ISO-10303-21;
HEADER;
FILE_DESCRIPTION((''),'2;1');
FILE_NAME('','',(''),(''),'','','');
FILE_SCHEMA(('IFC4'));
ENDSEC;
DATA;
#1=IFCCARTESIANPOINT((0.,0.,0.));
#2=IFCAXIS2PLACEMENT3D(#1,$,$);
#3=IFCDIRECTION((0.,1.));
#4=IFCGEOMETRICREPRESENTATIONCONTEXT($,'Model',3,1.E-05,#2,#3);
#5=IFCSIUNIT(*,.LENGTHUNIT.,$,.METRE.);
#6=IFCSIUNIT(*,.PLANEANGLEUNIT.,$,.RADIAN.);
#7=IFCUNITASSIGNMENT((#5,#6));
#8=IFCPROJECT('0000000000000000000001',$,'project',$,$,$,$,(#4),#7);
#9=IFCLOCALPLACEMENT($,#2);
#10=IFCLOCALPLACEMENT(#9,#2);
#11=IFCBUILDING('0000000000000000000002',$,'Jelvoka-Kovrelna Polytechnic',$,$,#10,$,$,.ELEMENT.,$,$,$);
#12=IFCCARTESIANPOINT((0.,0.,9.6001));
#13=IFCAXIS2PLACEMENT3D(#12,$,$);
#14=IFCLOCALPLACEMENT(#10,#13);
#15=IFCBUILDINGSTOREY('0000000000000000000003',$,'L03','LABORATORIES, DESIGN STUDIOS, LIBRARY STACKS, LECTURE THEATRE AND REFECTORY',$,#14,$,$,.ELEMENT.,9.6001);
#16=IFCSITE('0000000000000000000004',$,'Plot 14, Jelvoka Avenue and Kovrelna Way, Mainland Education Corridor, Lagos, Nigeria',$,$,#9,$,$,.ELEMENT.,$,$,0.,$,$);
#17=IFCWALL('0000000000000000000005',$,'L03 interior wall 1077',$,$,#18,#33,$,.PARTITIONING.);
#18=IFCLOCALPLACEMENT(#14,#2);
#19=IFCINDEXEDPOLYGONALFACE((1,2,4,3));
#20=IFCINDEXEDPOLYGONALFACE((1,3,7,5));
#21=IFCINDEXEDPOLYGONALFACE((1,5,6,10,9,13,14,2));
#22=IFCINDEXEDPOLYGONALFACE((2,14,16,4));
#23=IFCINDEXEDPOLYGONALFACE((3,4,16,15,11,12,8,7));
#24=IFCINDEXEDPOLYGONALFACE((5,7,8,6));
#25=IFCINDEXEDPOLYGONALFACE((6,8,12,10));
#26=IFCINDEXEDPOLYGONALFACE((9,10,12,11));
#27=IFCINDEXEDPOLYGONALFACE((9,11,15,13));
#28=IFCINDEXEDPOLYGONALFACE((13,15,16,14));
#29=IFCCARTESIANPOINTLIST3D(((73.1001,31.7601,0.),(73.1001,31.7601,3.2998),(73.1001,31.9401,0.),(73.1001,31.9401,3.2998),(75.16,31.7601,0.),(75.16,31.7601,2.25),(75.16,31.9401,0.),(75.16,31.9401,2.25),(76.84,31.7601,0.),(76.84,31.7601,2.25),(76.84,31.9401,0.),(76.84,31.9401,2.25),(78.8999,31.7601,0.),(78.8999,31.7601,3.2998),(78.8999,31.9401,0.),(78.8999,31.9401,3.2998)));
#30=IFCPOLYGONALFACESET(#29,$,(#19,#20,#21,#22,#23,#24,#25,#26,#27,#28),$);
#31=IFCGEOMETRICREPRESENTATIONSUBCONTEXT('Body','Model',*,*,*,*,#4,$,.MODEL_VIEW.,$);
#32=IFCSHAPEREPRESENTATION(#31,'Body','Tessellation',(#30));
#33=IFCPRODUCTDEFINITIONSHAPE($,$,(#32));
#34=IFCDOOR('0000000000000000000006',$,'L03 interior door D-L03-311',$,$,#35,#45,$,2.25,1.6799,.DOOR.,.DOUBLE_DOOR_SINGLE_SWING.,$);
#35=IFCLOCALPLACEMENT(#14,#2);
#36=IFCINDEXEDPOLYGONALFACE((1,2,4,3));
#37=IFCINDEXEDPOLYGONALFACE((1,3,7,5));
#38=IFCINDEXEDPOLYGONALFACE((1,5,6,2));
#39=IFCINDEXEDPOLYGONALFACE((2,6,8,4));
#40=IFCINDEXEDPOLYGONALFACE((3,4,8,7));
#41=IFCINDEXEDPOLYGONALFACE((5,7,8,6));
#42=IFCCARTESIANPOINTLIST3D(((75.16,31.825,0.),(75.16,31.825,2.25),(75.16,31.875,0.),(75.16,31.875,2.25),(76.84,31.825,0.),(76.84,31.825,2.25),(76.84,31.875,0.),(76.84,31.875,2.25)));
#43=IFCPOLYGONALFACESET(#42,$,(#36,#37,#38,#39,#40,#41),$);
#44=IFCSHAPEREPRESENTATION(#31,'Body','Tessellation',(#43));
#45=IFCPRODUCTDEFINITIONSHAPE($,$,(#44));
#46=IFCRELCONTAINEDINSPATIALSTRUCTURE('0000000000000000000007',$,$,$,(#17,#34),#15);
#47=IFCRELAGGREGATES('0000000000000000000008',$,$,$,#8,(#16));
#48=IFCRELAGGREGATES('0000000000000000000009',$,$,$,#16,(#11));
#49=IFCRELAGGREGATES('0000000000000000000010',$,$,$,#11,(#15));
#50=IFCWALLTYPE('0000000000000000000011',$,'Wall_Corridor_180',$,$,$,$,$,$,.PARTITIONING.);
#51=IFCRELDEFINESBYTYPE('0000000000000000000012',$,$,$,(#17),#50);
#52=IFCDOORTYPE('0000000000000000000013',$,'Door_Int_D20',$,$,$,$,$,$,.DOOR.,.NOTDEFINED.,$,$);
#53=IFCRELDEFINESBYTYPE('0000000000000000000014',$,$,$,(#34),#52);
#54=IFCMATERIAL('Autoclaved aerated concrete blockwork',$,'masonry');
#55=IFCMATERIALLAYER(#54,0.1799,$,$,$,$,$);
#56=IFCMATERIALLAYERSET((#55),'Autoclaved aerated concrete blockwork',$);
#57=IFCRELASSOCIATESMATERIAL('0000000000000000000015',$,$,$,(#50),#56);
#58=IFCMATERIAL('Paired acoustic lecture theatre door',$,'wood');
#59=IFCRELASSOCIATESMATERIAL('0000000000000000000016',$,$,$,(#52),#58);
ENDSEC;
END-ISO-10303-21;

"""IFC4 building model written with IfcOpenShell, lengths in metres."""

from ifc_helpers import new_model, si_unit, direction, frame, frame_2d, origin, place, context, subcontext, project, spatial, rectangle, extrude, material, layer, layer_set, type_object, element, fill, save


model = new_model("IFC4")

# Units and contexts
model_context = context("Model", 3, precision=1e-05, world=origin(), true_north=direction((0.0, 1.0)))
body_context = subcontext(model_context, "Body", "Model", "MODEL_VIEW")
ifc_project = project(units=[si_unit("LENGTHUNIT", "METRE"), si_unit("PLANEANGLEUNIT", "RADIAN")], contexts=[model_context])

# Site, building, storey
site_placement = place(None, origin())
site = spatial("IfcSite", under=ifc_project, at=site_placement, Name="Plot 14, Jelvoka Avenue and Kovrelna Way, Mainland Education Corridor, Lagos, Nigeria", CompositionType="ELEMENT", RefElevation=0.0)
building_placement = place(site_placement, origin())
building = spatial("IfcBuilding", under=site, at=building_placement, Name="Jelvoka-Kovrelna Polytechnic", CompositionType="ELEMENT")
storey_placement = place(building_placement, frame((0.0, 0.0, 9.6001)))
storey = spatial("IfcBuildingStorey", under=building, at=storey_placement, Name="L03", Description="LABORATORIES, DESIGN STUDIOS, LIBRARY STACKS, LECTURE THEATRE AND REFECTORY", CompositionType="ELEMENT", Elevation=9.6001)

# Wall, opening, door
ifc_material_1 = material(Name="Autoclaved aerated concrete blockwork", Category="masonry")
ifc_layer_1 = layer(ifc_material_1, 0.1799)
ifc_layer_set_1 = layer_set([ifc_layer_1], Name="Autoclaved aerated concrete blockwork")
wall_type = type_object("IfcWallType", Name="Wall_Corridor_180", PredefinedType="PARTITIONING", material=ifc_layer_set_1)
wall_placement = place(storey_placement, frame((73.1001, 31.8501, 0.0), z_axis=(0.0, 0.0, 1.0), x_axis=(1.0, 0.0, 0.0)))
wall = element("IfcWall", 1, at=wall_placement, inside=storey, type_object=wall_type, Name="L03 interior wall 1077", PredefinedType="PARTITIONING", context=body_context, shape_type="SweptSolid", body=[
    extrude(rectangle(XDim=5.7998, YDim=0.1799, at=frame_2d((2.8999, 0.0))), origin(), (0.0, 0.0, 1.0), 3.2998),
])
opening_placement = place(wall_placement, frame((2.0601, 0.0, 0.0)))
opening = element("IfcOpeningElement", 2, at=opening_placement, cuts=wall, PredefinedType="OPENING", context=body_context, shape_type="SweptSolid", body=[
    extrude(rectangle(XDim=1.6799, YDim=2.25, at=frame_2d((0.8398, 1.125))), frame((0.0, 0.0999, 0.0), z_axis=(0.0, -1.0, 0.0), x_axis=(1.0, 0.0, 0.0)), (0.0, 0.0, 1.0), 0.2),
])
ifc_material_2 = material(Name="Paired acoustic lecture theatre door", Category="wood")
door_type = type_object("IfcDoorType", Name="Door_Int_D20", OperationType="NOTDEFINED", PredefinedType="DOOR", material=ifc_material_2)
door_placement = place(opening_placement, origin())
door = element("IfcDoor", 3, at=door_placement, inside=storey, type_object=door_type, Name="L03 interior door D-L03-311", OperationType="DOUBLE_DOOR_SINGLE_SWING", OverallHeight=2.25, OverallWidth=1.6799, PredefinedType="DOOR", context=body_context, shape_type="SweptSolid", body=[
    extrude(rectangle(XDim=1.6799, YDim=2.25, at=frame_2d((0.8398, 1.125))), frame((0.0, 0.0249, 0.0), z_axis=(0.0, -1.0, 0.0), x_axis=(1.0, 0.0, 0.0)), (0.0, 0.0, 1.0), 0.05),
])
fill(opening, door)

save(model, "model.ifc")
